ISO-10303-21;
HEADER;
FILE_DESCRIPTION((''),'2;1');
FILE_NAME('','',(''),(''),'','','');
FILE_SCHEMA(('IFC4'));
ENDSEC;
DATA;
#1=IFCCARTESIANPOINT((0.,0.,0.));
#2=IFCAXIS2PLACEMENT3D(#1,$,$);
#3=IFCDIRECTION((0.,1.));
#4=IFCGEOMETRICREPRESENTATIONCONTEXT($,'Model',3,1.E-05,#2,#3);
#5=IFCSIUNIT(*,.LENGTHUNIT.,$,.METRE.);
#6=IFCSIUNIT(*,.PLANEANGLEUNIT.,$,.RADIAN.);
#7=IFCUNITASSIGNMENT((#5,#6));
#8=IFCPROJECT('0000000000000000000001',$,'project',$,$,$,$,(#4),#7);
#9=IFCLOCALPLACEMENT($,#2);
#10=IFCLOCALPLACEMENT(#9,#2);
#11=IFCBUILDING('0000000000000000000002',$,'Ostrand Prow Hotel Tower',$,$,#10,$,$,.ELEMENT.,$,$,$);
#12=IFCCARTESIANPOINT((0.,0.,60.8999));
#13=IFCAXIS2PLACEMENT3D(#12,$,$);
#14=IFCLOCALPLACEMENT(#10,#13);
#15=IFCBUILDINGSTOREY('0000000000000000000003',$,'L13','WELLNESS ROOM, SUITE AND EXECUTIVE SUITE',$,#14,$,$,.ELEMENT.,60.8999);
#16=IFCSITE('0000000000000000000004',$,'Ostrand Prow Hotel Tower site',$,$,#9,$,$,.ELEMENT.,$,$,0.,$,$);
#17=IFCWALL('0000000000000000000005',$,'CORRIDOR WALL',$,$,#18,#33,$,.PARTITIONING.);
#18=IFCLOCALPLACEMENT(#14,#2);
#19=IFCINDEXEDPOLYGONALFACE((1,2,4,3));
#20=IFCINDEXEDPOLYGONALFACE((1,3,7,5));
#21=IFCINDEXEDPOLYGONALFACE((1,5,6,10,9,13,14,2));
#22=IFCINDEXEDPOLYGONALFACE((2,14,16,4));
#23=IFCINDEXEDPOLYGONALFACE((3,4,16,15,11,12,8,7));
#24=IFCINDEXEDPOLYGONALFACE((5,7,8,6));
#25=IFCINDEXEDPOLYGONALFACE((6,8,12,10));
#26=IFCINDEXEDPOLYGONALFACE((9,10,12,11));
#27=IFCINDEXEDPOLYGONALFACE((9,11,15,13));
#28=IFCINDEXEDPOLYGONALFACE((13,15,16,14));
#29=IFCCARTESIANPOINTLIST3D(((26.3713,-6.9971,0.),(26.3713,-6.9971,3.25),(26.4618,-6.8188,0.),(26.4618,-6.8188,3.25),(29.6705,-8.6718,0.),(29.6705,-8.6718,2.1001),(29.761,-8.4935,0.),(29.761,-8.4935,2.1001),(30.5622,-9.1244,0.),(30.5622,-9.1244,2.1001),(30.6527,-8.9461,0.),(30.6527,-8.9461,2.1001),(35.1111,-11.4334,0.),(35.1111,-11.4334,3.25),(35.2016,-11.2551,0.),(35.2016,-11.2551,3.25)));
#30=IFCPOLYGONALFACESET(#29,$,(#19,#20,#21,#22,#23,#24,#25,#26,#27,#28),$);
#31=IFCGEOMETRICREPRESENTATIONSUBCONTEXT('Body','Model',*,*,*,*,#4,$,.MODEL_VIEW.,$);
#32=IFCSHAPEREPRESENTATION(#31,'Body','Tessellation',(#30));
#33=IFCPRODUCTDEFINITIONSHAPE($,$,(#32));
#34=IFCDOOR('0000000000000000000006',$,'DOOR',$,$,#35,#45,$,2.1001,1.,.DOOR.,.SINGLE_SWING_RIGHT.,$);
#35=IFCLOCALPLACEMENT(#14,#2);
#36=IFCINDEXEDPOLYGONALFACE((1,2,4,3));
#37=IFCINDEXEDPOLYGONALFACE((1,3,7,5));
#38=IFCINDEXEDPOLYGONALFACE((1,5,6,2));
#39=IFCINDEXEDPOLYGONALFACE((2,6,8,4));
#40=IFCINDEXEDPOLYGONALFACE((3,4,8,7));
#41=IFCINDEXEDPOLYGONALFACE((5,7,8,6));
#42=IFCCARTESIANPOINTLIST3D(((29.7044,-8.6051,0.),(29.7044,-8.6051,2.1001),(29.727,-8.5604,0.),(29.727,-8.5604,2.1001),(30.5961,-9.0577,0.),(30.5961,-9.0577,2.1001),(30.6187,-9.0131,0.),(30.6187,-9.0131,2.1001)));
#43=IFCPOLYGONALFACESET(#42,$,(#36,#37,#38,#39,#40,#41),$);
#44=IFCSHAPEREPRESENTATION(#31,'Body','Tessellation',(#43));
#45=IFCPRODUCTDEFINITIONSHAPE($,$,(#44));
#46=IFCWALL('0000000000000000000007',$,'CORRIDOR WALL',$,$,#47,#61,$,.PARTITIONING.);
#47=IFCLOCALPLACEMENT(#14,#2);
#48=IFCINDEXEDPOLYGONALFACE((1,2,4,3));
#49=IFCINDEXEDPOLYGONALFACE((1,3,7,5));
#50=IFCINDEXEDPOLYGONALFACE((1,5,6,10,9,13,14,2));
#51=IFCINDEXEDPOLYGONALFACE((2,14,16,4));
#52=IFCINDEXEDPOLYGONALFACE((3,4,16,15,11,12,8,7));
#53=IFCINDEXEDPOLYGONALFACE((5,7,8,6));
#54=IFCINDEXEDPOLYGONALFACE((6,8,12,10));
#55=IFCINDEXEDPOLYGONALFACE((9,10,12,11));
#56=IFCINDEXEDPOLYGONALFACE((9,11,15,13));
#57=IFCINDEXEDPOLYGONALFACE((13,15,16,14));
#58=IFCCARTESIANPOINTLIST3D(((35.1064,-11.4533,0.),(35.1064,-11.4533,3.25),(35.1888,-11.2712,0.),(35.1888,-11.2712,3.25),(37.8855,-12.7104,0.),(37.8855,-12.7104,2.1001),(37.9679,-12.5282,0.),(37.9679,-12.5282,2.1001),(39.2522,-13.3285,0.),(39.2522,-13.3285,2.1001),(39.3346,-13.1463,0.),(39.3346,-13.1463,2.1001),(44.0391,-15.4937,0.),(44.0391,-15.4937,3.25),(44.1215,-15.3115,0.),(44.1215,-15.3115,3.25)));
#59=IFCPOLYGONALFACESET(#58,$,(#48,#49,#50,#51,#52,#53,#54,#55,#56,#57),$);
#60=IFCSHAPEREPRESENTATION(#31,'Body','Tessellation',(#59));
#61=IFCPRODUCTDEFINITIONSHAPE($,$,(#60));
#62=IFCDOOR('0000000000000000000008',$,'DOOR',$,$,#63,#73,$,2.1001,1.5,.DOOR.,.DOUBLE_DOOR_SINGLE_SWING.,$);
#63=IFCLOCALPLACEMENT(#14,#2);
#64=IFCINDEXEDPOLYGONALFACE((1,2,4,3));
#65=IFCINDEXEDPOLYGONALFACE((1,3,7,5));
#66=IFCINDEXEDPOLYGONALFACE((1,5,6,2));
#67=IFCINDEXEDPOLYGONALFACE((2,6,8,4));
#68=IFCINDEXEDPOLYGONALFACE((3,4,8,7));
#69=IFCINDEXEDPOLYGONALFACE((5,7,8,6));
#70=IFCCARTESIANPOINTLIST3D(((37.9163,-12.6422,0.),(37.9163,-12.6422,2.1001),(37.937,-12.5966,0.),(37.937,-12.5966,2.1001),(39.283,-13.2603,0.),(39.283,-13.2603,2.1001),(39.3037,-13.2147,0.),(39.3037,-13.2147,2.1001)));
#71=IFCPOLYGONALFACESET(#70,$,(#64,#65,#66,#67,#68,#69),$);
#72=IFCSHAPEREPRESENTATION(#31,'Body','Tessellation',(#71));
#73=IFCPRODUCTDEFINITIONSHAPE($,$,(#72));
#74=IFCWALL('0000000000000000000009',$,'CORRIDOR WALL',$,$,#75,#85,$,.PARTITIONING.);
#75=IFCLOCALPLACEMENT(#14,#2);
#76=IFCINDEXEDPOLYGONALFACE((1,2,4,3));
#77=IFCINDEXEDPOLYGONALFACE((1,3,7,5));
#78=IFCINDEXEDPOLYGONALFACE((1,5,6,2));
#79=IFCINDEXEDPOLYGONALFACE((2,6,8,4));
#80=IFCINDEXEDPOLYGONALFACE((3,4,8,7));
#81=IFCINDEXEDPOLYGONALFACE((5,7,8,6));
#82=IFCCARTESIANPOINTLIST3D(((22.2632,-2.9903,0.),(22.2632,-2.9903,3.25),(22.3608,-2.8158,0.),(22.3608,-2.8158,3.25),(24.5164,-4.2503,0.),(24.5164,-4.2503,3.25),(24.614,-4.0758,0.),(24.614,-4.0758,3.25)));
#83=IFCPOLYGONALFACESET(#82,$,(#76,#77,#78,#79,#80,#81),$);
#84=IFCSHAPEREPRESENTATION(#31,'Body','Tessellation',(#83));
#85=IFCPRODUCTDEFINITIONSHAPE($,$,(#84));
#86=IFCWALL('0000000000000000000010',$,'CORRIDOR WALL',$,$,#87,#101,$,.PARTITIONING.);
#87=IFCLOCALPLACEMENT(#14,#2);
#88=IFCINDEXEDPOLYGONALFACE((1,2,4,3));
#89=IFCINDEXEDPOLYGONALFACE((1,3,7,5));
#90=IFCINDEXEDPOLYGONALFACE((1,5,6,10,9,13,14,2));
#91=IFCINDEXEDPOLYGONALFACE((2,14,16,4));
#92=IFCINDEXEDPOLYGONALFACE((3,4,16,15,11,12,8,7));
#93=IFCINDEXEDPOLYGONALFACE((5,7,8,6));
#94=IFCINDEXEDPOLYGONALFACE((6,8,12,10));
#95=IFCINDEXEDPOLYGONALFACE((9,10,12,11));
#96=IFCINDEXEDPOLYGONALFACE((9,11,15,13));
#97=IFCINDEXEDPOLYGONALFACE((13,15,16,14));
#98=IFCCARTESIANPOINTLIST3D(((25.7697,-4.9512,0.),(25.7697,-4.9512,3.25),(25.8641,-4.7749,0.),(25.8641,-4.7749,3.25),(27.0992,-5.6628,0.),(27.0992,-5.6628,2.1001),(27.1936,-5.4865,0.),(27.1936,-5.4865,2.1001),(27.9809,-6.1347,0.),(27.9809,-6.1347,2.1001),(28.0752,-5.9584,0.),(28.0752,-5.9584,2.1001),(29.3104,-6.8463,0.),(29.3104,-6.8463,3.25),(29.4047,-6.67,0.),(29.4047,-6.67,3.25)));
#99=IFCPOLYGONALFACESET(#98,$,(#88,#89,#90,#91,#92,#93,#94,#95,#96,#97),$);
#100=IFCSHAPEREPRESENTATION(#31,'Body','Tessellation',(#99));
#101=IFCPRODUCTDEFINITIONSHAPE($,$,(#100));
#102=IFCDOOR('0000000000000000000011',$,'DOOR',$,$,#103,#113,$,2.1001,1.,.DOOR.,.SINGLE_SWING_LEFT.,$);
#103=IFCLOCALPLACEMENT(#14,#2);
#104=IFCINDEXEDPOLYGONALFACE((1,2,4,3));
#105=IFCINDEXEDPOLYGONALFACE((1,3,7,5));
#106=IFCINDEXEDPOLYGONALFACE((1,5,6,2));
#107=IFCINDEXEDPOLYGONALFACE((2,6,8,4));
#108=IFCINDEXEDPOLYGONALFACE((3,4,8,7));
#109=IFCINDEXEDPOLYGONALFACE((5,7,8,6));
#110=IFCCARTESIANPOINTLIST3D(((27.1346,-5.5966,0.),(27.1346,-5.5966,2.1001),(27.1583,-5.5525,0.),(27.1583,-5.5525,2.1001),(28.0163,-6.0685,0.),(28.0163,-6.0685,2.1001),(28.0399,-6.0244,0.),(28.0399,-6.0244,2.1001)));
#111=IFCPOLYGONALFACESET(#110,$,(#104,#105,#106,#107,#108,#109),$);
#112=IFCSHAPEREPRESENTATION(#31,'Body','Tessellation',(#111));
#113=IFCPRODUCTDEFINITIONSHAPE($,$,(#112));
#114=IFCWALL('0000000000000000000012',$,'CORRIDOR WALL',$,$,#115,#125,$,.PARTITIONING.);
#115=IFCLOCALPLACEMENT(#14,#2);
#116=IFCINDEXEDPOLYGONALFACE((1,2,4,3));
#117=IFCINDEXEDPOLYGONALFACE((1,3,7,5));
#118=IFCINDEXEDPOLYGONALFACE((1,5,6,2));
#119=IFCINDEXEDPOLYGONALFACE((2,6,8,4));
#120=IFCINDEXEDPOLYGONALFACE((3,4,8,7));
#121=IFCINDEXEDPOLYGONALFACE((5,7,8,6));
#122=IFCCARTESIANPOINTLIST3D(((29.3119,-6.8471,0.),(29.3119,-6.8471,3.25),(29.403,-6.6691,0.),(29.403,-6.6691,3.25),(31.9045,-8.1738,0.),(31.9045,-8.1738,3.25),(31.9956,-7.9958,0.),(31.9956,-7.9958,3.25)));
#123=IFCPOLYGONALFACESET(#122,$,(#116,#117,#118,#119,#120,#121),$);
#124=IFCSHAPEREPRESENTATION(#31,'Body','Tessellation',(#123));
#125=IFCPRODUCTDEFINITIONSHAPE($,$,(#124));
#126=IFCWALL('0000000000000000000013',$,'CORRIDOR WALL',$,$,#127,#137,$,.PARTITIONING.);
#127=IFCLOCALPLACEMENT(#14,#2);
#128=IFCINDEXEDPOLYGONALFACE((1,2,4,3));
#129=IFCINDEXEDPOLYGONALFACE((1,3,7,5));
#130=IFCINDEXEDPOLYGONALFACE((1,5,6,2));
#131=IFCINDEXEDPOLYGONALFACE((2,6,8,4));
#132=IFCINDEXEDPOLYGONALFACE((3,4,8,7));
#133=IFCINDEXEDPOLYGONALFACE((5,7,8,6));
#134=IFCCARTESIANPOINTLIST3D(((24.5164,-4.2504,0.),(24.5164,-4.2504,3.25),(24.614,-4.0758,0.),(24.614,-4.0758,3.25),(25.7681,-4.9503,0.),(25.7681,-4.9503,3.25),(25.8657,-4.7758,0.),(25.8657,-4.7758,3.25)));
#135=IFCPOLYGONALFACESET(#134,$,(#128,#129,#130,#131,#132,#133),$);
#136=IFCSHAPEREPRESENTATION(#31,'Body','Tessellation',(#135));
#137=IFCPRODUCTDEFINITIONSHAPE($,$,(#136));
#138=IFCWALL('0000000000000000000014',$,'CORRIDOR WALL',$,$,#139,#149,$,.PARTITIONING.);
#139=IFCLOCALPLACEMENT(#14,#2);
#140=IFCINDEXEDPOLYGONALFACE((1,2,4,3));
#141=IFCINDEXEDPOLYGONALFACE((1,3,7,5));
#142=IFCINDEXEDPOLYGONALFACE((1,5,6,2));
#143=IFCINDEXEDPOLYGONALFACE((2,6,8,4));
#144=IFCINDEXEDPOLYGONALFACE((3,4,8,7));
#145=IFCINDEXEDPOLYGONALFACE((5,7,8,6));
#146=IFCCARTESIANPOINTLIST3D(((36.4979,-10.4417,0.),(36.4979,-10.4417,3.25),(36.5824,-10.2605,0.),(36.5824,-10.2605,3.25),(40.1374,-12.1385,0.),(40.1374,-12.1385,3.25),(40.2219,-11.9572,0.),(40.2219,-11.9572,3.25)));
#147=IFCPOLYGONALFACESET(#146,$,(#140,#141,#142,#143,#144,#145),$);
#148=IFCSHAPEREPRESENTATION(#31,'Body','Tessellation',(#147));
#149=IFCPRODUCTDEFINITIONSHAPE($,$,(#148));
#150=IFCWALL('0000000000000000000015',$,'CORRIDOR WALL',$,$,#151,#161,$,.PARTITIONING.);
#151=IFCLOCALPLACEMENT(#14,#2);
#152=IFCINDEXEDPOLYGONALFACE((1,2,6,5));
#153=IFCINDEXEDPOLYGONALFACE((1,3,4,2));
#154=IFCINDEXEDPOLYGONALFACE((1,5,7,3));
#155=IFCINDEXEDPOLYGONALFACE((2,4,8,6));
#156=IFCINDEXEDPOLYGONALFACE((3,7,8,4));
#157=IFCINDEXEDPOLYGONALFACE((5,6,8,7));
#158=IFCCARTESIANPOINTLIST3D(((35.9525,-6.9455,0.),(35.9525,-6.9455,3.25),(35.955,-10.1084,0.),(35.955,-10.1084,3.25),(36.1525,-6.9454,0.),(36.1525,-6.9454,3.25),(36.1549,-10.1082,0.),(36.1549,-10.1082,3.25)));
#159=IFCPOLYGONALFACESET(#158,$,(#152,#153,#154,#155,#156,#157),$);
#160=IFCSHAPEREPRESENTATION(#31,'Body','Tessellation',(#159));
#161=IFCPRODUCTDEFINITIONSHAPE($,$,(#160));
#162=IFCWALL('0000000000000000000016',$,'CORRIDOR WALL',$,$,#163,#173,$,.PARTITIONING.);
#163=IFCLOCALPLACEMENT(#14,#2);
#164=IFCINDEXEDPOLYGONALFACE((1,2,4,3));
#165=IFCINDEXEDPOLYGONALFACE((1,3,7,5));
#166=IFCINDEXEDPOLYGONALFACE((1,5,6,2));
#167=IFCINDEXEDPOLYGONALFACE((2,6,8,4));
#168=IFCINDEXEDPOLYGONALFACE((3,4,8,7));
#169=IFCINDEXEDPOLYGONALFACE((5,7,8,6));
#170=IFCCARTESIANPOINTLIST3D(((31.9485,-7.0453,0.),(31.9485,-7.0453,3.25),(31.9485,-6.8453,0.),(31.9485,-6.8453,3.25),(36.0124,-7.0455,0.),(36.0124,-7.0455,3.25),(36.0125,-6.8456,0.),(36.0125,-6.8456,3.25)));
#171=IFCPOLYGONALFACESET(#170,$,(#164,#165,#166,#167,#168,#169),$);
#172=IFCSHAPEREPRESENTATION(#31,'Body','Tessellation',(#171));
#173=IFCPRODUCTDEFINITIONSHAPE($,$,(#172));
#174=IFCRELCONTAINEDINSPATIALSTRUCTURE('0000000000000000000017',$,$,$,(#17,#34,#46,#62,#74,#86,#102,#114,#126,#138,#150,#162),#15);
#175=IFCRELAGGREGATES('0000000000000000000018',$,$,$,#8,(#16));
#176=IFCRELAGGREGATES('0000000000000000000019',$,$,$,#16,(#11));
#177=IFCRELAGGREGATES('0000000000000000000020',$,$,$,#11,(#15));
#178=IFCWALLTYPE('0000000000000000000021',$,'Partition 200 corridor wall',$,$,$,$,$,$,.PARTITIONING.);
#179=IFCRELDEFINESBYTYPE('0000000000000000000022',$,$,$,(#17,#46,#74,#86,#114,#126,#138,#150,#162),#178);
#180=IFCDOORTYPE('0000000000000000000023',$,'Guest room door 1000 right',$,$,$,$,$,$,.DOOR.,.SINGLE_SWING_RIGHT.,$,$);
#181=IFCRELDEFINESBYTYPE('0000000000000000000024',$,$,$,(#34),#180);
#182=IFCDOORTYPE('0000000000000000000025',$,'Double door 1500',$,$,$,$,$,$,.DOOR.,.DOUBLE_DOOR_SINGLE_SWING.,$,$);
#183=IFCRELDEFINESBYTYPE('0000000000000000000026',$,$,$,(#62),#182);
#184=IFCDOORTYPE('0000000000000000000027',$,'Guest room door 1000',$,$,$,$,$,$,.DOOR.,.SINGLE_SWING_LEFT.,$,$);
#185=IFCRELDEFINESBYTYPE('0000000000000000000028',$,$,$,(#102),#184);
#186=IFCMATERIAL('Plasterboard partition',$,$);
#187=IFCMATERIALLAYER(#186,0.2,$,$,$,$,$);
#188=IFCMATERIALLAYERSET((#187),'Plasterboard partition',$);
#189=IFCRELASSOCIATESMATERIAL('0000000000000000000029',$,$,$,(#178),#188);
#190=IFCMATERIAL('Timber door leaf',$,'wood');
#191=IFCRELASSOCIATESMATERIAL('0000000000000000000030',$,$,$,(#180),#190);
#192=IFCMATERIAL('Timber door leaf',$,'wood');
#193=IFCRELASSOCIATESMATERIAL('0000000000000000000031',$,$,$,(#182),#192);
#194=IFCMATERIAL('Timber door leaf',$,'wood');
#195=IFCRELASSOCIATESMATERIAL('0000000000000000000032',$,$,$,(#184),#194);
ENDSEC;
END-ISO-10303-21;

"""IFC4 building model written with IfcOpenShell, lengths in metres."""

from ifc_helpers import new_model, si_unit, direction, frame, frame_2d, origin, place, context, subcontext, project, spatial, rectangle, extrude, material, layer, layer_set, type_object, element, fill, save


model = new_model("IFC4")

# Units and contexts
model_context = context("Model", 3, precision=1e-05, world=origin(), true_north=direction((0.0, 1.0)))
body_context = subcontext(model_context, "Body", "Model", "MODEL_VIEW")
ifc_project = project(units=[si_unit("LENGTHUNIT", "METRE"), si_unit("PLANEANGLEUNIT", "RADIAN")], contexts=[model_context])

# Site, building, storey
site_placement = place(None, origin())
site = spatial("IfcSite", under=ifc_project, at=site_placement, Name="Ostrand Prow Hotel Tower site", CompositionType="ELEMENT", RefElevation=0.0)
building_placement = place(site_placement, origin())
building = spatial("IfcBuilding", under=site, at=building_placement, Name="Ostrand Prow Hotel Tower", CompositionType="ELEMENT")
storey_placement = place(building_placement, frame((0.0, 0.0, 60.8999)))
storey = spatial("IfcBuildingStorey", under=building, at=storey_placement, Name="L13", Description="WELLNESS ROOM, SUITE AND EXECUTIVE SUITE", CompositionType="ELEMENT", Elevation=60.8999)

# Walls, openings, doors
ifc_material_1 = material(Name="Plasterboard partition")
ifc_layer_1 = layer(ifc_material_1, 0.2)
ifc_layer_set_1 = layer_set([ifc_layer_1], Name="Plasterboard partition")
wall_type_1 = type_object("IfcWallType", Name="Partition 200 corridor wall", PredefinedType="PARTITIONING", material=ifc_layer_set_1)
wall_1_placement = place(storey_placement, frame((26.4165, -6.908, 0.0), z_axis=(0.0, 0.0, 1.0), x_axis=(0.891701, -0.452626, 0.0)))
wall_1 = element("IfcWall", 1, at=wall_1_placement, inside=storey, type_object=wall_type_1, Name="CORRIDOR WALL", PredefinedType="PARTITIONING", context=body_context, shape_type="SweptSolid", body=[
    extrude(rectangle(XDim=9.8013, YDim=0.2, at=frame_2d((4.9006, 0.0))), origin(), (0.0, 0.0, 1.0), 3.25),
])
opening_1_placement = place(wall_1_placement, frame((3.7, 0.0, 0.0)))
opening_1 = element("IfcOpeningElement", 2, at=opening_1_placement, cuts=wall_1, PredefinedType="OPENING", context=body_context, shape_type="SweptSolid", body=[
    extrude(rectangle(XDim=1.0, YDim=2.1001, at=frame_2d((0.5, 1.05))), frame((0.0, 0.1099, 0.0), z_axis=(0.0, -1.0, 0.0), x_axis=(1.0, 0.0, 0.0)), (0.0, 0.0, 1.0), 0.22),
])
ifc_material_2 = material(Name="Timber door leaf", Category="wood")
door_type_1 = type_object("IfcDoorType", Name="Guest room door 1000 right", OperationType="SINGLE_SWING_RIGHT", PredefinedType="DOOR", material=ifc_material_2)
door_1_placement = place(opening_1_placement, origin())
door_1 = element("IfcDoor", 3, at=door_1_placement, inside=storey, type_object=door_type_1, Name="DOOR", OperationType="SINGLE_SWING_RIGHT", OverallHeight=2.1001, OverallWidth=1.0, PredefinedType="DOOR", context=body_context, shape_type="SweptSolid", body=[
    extrude(rectangle(XDim=1.0, YDim=2.1001, at=frame_2d((0.5, 1.05))), frame((0.0, 0.0249, 0.0), z_axis=(0.0, -1.0, 0.0), x_axis=(1.0, 0.0, 0.0)), (0.0, 0.0, 1.0), 0.05),
])
fill(opening_1, door_1)
wall_2_placement = place(storey_placement, frame((35.1477, -11.3623, 0.0), z_axis=(0.0, 0.0, 1.0), x_axis=(0.911133, -0.412112, 0.0)))
wall_2 = element("IfcWall", 4, at=wall_2_placement, inside=storey, type_object=wall_type_1, Name="CORRIDOR WALL", PredefinedType="PARTITIONING", context=body_context, shape_type="SweptSolid", body=[
    extrude(rectangle(XDim=9.804, YDim=0.2, at=frame_2d((4.9019, 0.0))), origin(), (0.0, 0.0, 1.0), 3.25),
])
opening_2_placement = place(wall_2_placement, frame((3.05, 0.0, 0.0)))
opening_2 = element("IfcOpeningElement", 5, at=opening_2_placement, cuts=wall_2, PredefinedType="OPENING", context=body_context, shape_type="SweptSolid", body=[
    extrude(rectangle(XDim=1.5, YDim=2.1001, at=frame_2d((0.75, 1.05))), frame((0.0, 0.1099, 0.0), z_axis=(0.0, -1.0, 0.0), x_axis=(1.0, 0.0, 0.0)), (0.0, 0.0, 1.0), 0.22),
])
ifc_material_3 = material(Name="Timber door leaf", Category="wood")
door_type_2 = type_object("IfcDoorType", Name="Double door 1500", OperationType="DOUBLE_DOOR_SINGLE_SWING", PredefinedType="DOOR", material=ifc_material_3)
door_2_placement = place(opening_2_placement, origin())
door_2 = element("IfcDoor", 6, at=door_2_placement, inside=storey, type_object=door_type_2, Name="DOOR", OperationType="DOUBLE_DOOR_SINGLE_SWING", OverallHeight=2.1001, OverallWidth=1.5, PredefinedType="DOOR", context=body_context, shape_type="SweptSolid", body=[
    extrude(rectangle(XDim=1.5, YDim=2.1001, at=frame_2d((0.75, 1.05))), frame((0.0, 0.0249, 0.0), z_axis=(0.0, -1.0, 0.0), x_axis=(1.0, 0.0, 0.0)), (0.0, 0.0, 1.0), 0.05),
])
fill(opening_2, door_2)

# Wall
wall_3_placement = place(storey_placement, frame((24.5652, -4.1631, 0.0), z_axis=(0.0, 0.0, 1.0), x_axis=(-0.872798, 0.488082, 0.0)))
element("IfcWall", 7, at=wall_3_placement, inside=storey, type_object=wall_type_1, Name="CORRIDOR WALL", PredefinedType="PARTITIONING", context=body_context, shape_type="SweptSolid", body=[
    extrude(rectangle(XDim=2.5815, YDim=0.2, at=frame_2d((1.2908, 0.0))), origin(), (0.0, 0.0, 1.0), 3.25),
])

# Wall, opening, door
wall_4_placement = place(storey_placement, frame((29.3574, -6.7581, 0.0), z_axis=(0.0, 0.0, 1.0), x_axis=(-0.881655, 0.471894, 0.0)))
wall_4 = element("IfcWall", 8, at=wall_4_placement, inside=storey, type_object=wall_type_1, Name="CORRIDOR WALL", PredefinedType="PARTITIONING", context=body_context, shape_type="SweptSolid", body=[
    extrude(rectangle(XDim=4.0159, YDim=0.2, at=frame_2d((2.0078, 0.0))), origin(), (0.0, 0.0, 1.0), 3.25),
])
opening_3_placement = place(wall_4_placement, frame((1.5078, 0.0, 0.0)))
opening_3 = element("IfcOpeningElement", 9, at=opening_3_placement, cuts=wall_4, PredefinedType="OPENING", context=body_context, shape_type="SweptSolid", body=[
    extrude(rectangle(XDim=1.0, YDim=2.1001, at=frame_2d((0.5, 1.05))), frame((0.0, 0.1099, 0.0), z_axis=(0.0, -1.0, 0.0), x_axis=(1.0, 0.0, 0.0)), (0.0, 0.0, 1.0), 0.22),
])
ifc_material_4 = material(Name="Timber door leaf", Category="wood")
door_type_3 = type_object("IfcDoorType", Name="Guest room door 1000", OperationType="SINGLE_SWING_LEFT", PredefinedType="DOOR", material=ifc_material_4)
door_3_placement = place(opening_3_placement, origin())
door_3 = element("IfcDoor", 10, at=door_3_placement, inside=storey, type_object=door_type_3, Name="DOOR", OperationType="SINGLE_SWING_LEFT", OverallHeight=2.1001, OverallWidth=1.0, PredefinedType="DOOR", context=body_context, shape_type="SweptSolid", body=[
    extrude(rectangle(XDim=1.0, YDim=2.1001, at=frame_2d((0.5, 1.05))), frame((0.0, 0.0249, 0.0), z_axis=(0.0, -1.0, 0.0), x_axis=(1.0, 0.0, 0.0)), (0.0, 0.0, 1.0), 0.05),
])
fill(opening_3, door_3)

# Walls
wall_5_placement = place(storey_placement, frame((31.95, -8.0847, 0.0), z_axis=(0.0, 0.0, 1.0), x_axis=(-0.890213, 0.455544, 0.0)))
element("IfcWall", 11, at=wall_5_placement, inside=storey, type_object=wall_type_1, Name="CORRIDOR WALL", PredefinedType="PARTITIONING", context=body_context, shape_type="SweptSolid", body=[
    extrude(rectangle(XDim=2.9124, YDim=0.2, at=frame_2d((1.4561, 0.0))), origin(), (0.0, 0.0, 1.0), 3.25),
])
wall_6_placement = place(storey_placement, frame((25.8169, -4.863, 0.0), z_axis=(0.0, 0.0, 1.0), x_axis=(-0.872805, 0.488069, 0.0)))
element("IfcWall", 12, at=wall_6_placement, inside=storey, type_object=wall_type_1, Name="CORRIDOR WALL", PredefinedType="PARTITIONING", context=body_context, shape_type="SweptSolid", body=[
    extrude(rectangle(XDim=1.4341, YDim=0.2, at=frame_2d((0.717, 0.0))), origin(), (0.0, 0.0, 1.0), 3.25),
])
wall_7_placement = place(storey_placement, frame((40.1797, -12.0479, 0.0), z_axis=(0.0, 0.0, 1.0), x_axis=(-0.906348, 0.422533, 0.0)))
element("IfcWall", 13, at=wall_7_placement, inside=storey, type_object=wall_type_1, Name="CORRIDOR WALL", PredefinedType="PARTITIONING", context=body_context, shape_type="SweptSolid", body=[
    extrude(rectangle(XDim=4.0156, YDim=0.2, at=frame_2d((2.0078, 0.0))), origin(), (0.0, 0.0, 1.0), 3.25),
])
wall_8_placement = place(storey_placement, frame((36.0549, -10.1084, 0.0), z_axis=(0.0, 0.0, 1.0), x_axis=(-0.000772, 1.0, 0.0)))
element("IfcWall", 14, at=wall_8_placement, inside=storey, type_object=wall_type_1, Name="CORRIDOR WALL", PredefinedType="PARTITIONING", context=body_context, shape_type="SweptSolid", body=[
    extrude(rectangle(XDim=3.1628, YDim=0.2, at=frame_2d((1.5815, 0.0))), origin(), (0.0, 0.0, 1.0), 3.25),
])
wall_9_placement = place(storey_placement, frame((36.0125, -6.9456, 0.0), z_axis=(0.0, 0.0, 1.0), x_axis=(-1.0, 0.00006, 0.0)))
element("IfcWall", 15, at=wall_9_placement, inside=storey, type_object=wall_type_1, Name="CORRIDOR WALL", PredefinedType="PARTITIONING", context=body_context, shape_type="SweptSolid", body=[
    extrude(rectangle(XDim=4.064, YDim=0.2, at=frame_2d((2.032, 0.0))), origin(), (0.0, 0.0, 1.0), 3.25),
])

save(model, "model.ifc")
